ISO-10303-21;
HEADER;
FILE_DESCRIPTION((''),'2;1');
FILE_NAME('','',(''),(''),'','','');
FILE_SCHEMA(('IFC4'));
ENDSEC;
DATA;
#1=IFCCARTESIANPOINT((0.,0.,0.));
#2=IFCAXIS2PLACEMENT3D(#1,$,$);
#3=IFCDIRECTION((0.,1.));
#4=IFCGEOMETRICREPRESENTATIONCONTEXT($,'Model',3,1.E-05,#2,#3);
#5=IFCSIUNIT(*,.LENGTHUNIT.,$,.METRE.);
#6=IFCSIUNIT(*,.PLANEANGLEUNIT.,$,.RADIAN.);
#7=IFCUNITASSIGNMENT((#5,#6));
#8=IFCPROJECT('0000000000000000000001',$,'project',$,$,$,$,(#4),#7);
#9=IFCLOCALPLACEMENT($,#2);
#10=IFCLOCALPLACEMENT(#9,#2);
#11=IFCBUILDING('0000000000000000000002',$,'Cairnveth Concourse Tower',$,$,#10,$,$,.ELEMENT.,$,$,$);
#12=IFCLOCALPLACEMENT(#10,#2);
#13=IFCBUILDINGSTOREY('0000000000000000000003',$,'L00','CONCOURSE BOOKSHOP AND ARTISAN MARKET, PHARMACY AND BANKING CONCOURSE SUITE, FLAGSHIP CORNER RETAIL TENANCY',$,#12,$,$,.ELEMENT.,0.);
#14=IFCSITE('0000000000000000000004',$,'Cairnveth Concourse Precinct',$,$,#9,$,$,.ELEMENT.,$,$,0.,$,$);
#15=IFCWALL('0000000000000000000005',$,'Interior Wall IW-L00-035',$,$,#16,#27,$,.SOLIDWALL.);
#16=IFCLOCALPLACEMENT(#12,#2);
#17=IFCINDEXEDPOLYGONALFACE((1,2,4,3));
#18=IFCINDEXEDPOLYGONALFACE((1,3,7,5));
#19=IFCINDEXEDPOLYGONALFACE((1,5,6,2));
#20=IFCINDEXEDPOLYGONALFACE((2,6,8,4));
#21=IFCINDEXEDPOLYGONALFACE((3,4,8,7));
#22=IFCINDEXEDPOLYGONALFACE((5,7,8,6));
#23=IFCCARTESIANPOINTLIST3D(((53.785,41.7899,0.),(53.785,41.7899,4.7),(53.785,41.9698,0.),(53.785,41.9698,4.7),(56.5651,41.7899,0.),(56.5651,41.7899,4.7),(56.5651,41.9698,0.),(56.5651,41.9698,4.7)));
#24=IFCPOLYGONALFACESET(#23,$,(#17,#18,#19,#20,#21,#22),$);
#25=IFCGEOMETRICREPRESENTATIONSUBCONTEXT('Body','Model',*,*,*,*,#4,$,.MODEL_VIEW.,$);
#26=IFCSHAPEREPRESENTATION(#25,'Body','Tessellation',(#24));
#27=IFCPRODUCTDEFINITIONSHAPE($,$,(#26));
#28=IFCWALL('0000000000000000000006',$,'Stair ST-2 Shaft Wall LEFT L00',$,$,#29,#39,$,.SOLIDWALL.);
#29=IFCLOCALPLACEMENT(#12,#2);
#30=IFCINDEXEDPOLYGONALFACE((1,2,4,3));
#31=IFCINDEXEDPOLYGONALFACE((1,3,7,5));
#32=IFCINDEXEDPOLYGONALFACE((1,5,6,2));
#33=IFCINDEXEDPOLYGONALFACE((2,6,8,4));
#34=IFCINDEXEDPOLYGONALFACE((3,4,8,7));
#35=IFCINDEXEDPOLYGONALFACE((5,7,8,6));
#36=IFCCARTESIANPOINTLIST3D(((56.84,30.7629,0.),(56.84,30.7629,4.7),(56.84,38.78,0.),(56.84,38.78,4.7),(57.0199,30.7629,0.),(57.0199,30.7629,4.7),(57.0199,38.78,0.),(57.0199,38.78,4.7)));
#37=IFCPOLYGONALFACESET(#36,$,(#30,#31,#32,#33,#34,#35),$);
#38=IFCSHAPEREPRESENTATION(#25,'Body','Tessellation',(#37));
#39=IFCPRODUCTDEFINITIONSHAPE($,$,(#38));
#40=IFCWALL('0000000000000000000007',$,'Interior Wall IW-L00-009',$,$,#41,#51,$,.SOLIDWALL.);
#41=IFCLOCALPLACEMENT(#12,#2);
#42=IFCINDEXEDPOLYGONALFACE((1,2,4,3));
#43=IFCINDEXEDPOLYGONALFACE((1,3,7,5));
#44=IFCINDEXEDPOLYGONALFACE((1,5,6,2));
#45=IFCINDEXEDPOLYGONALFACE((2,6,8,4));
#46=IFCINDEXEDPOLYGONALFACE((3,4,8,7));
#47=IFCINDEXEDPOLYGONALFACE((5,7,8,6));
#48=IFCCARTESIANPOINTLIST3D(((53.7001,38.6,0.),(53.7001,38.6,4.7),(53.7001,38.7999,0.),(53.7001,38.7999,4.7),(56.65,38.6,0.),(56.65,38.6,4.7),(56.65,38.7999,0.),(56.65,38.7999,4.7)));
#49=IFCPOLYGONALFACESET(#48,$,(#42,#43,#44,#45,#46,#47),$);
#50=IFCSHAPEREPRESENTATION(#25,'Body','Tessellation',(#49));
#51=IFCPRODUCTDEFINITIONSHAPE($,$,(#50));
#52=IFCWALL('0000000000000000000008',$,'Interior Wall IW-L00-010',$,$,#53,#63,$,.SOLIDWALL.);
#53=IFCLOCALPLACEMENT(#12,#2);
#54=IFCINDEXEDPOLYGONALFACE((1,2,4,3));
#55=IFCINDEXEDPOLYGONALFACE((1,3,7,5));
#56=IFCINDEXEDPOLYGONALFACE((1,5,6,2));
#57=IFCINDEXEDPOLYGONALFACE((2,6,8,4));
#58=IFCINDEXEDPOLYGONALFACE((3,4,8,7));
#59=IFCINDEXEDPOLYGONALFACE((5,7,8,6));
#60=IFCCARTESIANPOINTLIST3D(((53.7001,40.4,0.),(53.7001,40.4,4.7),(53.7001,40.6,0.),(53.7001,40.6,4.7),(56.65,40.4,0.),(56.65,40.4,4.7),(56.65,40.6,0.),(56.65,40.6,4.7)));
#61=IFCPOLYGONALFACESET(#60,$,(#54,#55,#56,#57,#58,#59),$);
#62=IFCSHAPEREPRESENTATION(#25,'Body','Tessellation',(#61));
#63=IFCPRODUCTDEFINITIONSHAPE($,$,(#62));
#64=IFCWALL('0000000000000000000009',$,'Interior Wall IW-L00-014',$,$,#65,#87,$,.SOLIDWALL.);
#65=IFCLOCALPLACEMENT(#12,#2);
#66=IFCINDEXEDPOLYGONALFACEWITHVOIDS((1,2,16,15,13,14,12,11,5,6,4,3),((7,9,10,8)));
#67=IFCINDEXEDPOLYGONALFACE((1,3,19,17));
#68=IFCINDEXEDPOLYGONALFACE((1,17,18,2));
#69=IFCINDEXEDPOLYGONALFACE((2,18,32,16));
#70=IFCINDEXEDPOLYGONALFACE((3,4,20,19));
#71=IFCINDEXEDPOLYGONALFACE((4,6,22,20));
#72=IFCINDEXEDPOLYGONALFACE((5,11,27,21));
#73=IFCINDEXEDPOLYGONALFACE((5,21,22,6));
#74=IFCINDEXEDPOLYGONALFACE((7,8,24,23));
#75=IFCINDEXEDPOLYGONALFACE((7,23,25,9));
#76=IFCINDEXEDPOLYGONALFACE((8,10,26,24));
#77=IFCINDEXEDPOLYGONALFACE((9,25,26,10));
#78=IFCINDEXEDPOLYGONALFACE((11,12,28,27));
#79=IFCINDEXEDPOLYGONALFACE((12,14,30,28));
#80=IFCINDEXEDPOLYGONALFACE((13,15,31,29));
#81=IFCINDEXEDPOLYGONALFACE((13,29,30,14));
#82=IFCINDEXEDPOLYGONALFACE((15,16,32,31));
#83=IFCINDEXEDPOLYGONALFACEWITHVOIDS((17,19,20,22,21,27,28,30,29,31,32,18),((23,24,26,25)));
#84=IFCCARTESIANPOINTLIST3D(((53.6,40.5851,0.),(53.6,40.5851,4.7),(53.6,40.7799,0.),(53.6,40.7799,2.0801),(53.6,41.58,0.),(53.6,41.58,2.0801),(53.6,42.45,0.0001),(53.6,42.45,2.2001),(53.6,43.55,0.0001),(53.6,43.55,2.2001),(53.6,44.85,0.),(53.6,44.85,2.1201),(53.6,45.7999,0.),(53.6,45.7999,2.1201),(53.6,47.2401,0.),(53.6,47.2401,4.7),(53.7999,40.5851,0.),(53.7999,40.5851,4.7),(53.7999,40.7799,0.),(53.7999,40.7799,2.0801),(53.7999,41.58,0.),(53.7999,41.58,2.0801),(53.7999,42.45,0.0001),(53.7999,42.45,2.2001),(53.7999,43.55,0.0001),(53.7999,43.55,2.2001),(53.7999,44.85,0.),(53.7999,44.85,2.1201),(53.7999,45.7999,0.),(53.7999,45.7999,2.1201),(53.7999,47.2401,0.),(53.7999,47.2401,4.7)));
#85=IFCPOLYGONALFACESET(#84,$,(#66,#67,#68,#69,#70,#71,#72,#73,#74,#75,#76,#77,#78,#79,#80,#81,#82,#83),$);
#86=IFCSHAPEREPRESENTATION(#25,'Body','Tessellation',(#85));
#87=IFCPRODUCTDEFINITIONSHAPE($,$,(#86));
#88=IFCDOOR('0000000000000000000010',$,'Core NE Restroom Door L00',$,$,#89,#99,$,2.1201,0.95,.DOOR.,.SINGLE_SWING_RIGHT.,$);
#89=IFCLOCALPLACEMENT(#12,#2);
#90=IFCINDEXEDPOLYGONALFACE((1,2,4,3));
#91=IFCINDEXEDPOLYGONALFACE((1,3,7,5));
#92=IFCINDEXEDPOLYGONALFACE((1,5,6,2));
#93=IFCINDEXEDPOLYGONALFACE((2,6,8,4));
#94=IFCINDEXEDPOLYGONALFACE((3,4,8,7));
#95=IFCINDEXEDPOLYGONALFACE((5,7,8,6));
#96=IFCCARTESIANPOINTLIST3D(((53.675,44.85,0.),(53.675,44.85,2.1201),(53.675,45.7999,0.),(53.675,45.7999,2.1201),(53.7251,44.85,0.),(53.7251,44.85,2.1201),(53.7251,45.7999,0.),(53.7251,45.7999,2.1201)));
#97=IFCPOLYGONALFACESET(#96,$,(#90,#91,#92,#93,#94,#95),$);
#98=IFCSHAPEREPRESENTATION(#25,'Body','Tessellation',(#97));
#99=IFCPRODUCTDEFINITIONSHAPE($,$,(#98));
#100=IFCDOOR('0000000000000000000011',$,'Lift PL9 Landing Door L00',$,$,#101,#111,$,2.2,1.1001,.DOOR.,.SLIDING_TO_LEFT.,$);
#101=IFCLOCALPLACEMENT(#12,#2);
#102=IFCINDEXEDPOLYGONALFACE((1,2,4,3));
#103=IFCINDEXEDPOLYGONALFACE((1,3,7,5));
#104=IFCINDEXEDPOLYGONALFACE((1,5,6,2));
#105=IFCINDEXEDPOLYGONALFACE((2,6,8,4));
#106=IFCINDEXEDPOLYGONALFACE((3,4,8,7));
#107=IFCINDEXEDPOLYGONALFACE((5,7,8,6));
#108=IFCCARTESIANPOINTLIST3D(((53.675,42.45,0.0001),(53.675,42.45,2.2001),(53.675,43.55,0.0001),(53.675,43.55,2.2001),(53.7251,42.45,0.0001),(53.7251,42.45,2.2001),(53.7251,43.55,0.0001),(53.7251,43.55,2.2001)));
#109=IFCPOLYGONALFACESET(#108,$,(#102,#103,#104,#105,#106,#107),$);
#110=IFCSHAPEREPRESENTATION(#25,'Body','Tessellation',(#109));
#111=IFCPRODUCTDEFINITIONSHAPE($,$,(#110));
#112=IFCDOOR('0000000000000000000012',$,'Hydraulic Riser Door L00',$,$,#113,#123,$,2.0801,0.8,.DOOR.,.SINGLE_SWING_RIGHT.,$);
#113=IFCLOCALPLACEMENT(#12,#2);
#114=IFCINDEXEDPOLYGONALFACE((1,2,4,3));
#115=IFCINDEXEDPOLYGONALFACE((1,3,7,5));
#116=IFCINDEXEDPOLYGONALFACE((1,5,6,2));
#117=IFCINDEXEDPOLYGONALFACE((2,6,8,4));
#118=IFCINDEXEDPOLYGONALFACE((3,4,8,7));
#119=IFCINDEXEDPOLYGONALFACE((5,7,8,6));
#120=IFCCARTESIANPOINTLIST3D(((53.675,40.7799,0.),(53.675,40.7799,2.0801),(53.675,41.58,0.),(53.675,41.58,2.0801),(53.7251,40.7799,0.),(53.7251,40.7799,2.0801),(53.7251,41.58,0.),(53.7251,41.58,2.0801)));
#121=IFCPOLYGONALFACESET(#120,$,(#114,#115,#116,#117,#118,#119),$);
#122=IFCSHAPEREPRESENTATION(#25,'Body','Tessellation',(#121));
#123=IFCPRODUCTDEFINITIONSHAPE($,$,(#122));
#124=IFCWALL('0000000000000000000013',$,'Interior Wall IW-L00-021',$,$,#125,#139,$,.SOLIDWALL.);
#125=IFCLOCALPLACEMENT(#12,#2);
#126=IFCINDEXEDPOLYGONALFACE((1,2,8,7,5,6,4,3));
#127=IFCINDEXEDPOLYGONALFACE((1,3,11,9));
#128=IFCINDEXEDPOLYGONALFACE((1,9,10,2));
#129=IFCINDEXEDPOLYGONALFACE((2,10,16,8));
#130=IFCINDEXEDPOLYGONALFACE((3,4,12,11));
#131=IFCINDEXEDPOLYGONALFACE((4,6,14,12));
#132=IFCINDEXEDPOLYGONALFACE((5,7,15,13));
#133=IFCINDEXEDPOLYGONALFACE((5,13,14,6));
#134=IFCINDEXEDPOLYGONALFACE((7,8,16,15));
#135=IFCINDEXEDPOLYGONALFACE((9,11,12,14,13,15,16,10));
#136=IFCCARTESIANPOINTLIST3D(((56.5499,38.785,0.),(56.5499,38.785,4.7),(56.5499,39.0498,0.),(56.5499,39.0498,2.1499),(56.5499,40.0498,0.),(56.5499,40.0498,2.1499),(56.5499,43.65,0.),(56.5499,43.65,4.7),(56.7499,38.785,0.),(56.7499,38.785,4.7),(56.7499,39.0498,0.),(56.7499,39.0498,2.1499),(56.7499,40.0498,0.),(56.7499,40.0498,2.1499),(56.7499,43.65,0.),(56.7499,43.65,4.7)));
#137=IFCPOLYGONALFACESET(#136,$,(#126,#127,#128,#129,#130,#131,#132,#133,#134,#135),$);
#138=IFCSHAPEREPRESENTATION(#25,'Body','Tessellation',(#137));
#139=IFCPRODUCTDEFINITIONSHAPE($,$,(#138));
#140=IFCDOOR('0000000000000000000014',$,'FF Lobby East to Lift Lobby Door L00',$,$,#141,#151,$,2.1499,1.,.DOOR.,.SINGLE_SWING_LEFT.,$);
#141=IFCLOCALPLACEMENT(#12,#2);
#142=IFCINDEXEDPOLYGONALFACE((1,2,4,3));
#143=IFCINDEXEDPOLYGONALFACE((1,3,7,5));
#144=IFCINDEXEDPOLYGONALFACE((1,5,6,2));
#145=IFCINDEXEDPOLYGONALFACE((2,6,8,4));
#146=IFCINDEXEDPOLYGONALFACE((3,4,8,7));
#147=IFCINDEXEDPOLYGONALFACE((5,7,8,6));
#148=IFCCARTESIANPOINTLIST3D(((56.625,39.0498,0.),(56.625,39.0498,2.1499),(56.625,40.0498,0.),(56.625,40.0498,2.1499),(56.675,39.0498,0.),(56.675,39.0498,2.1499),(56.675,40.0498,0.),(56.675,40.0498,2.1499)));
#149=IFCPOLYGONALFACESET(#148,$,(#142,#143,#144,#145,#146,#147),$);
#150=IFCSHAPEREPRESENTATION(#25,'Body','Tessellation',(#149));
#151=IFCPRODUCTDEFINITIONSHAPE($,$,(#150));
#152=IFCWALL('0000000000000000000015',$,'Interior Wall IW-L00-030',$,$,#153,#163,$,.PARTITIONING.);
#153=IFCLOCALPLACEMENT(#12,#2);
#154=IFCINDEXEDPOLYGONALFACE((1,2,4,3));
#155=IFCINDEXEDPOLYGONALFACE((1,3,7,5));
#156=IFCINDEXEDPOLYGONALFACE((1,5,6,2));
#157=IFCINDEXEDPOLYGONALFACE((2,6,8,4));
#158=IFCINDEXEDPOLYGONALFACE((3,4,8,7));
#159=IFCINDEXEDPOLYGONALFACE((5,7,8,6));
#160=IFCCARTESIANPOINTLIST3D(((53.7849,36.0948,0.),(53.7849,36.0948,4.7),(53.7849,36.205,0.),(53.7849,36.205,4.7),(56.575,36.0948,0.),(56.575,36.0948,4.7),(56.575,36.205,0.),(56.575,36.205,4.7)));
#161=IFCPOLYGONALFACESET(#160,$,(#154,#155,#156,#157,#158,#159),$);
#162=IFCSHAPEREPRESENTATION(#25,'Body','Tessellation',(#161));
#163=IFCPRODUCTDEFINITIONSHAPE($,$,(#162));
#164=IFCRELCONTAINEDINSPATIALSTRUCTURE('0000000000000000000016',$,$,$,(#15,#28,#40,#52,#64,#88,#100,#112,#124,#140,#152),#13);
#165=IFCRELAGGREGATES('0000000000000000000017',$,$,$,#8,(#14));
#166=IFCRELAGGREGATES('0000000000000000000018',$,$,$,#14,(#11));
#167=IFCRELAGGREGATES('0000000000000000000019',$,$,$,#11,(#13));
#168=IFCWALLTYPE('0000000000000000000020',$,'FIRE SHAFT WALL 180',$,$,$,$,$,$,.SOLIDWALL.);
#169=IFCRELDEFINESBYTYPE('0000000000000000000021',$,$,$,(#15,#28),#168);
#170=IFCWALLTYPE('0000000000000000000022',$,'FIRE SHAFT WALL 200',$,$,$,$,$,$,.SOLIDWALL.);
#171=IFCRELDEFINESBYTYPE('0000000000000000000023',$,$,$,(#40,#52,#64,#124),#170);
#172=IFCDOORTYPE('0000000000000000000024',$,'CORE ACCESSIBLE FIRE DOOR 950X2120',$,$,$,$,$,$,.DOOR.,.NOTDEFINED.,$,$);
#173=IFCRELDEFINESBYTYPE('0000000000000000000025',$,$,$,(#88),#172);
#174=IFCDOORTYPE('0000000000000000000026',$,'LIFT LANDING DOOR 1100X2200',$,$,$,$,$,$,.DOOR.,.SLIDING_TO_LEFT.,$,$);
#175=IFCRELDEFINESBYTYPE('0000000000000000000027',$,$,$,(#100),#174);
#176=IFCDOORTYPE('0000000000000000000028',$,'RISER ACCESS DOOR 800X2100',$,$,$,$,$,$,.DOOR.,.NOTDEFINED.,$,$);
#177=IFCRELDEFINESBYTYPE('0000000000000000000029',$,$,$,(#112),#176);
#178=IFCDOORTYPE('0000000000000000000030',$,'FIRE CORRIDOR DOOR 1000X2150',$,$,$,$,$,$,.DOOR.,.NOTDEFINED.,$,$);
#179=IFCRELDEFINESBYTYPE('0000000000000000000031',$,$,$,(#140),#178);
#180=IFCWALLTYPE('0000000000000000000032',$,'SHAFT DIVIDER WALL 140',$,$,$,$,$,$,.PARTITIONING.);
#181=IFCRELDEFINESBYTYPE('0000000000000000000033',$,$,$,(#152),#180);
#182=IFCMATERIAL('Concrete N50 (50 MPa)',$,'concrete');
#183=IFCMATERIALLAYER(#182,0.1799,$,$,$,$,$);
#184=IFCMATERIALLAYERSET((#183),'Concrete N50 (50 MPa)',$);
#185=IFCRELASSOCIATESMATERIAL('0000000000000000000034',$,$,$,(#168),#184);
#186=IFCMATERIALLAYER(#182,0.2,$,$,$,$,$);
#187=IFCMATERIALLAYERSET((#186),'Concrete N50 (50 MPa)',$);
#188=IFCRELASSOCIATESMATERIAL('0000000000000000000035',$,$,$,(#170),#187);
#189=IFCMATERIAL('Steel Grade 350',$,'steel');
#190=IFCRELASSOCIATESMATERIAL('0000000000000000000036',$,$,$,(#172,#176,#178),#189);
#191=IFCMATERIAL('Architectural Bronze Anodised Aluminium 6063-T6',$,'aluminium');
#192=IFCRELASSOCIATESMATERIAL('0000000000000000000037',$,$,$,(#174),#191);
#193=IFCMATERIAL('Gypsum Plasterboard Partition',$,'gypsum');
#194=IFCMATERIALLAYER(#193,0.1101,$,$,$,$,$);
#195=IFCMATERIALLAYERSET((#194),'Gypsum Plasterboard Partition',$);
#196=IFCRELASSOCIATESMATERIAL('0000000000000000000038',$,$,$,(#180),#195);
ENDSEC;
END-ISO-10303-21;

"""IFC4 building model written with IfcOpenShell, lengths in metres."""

from ifc_helpers import new_model, si_unit, direction, frame, frame_2d, origin, place, context, subcontext, project, spatial, rectangle, extrude, material, layer, layer_set, type_object, element, fill, save


model = new_model("IFC4")

# Units and contexts
model_context = context("Model", 3, precision=1e-05, world=origin(), true_north=direction((0.0, 1.0)))
body_context = subcontext(model_context, "Body", "Model", "MODEL_VIEW")
ifc_project = project(units=[si_unit("LENGTHUNIT", "METRE"), si_unit("PLANEANGLEUNIT", "RADIAN")], contexts=[model_context])

# Site, building, storey
site_placement = place(None, origin())
site = spatial("IfcSite", under=ifc_project, at=site_placement, Name="Cairnveth Concourse Precinct", CompositionType="ELEMENT", RefElevation=0.0)
building_placement = place(site_placement, origin())
building = spatial("IfcBuilding", under=site, at=building_placement, Name="Cairnveth Concourse Tower", CompositionType="ELEMENT")
storey_placement = place(building_placement, origin())
storey = spatial("IfcBuildingStorey", under=building, at=storey_placement, Name="L00", Description="CONCOURSE BOOKSHOP AND ARTISAN MARKET, PHARMACY AND BANKING CONCOURSE SUITE, FLAGSHIP CORNER RETAIL TENANCY", CompositionType="ELEMENT", Elevation=0.0)

# Wall
ifc_material_1 = material(Name="Concrete N50 (50 MPa)", Category="concrete")
ifc_layer_1 = layer(ifc_material_1, 0.1799)
ifc_layer_set_1 = layer_set([ifc_layer_1], Name="Concrete N50 (50 MPa)")
wall_type_1 = type_object("IfcWallType", Name="FIRE SHAFT WALL 180", PredefinedType="SOLIDWALL", material=ifc_layer_set_1)
wall_1_placement = place(storey_placement, frame((53.7849, 41.8799, 0.0), z_axis=(0.0, 0.0, 1.0), x_axis=(1.0, 0.0, 0.0)))
element("IfcWall", 1, at=wall_1_placement, inside=storey, type_object=wall_type_1, Name="Interior Wall IW-L00-035", PredefinedType="SOLIDWALL", context=body_context, shape_type="SweptSolid", body=[
    extrude(rectangle(XDim=2.78, YDim=0.1799, at=frame_2d((1.3901, 0.0))), origin(), (0.0, 0.0, 1.0), 4.7),
])

# Shared definitions
ifc_material_2 = material(Name="Steel Grade 350", Category="steel")

# Walls
wall_2_placement = place(storey_placement, frame((56.9299, 38.78, 0.0), z_axis=(0.0, 0.0, 1.0), x_axis=(0.0, -1.0, 0.0)))
element("IfcWall", 2, at=wall_2_placement, inside=storey, type_object=wall_type_1, Name="Stair ST-2 Shaft Wall LEFT L00", PredefinedType="SOLIDWALL", context=body_context, shape_type="SweptSolid", body=[
    extrude(rectangle(XDim=8.0171, YDim=0.1799, at=frame_2d((4.0085, 0.0))), origin(), (0.0, 0.0, 1.0), 4.7),
])
ifc_layer_2 = layer(ifc_material_1, 0.2)
ifc_layer_set_2 = layer_set([ifc_layer_2], Name="Concrete N50 (50 MPa)")
wall_type_2 = type_object("IfcWallType", Name="FIRE SHAFT WALL 200", PredefinedType="SOLIDWALL", material=ifc_layer_set_2)
for number, where, z_axis, x_axis, name in (
    (3, (53.7, 38.7, 0.0), (0.0, 0.0, 1.0), (1.0, 0.0, 0.0), "Interior Wall IW-L00-009"),
    (4, (53.7, 40.5, 0.0), (0.0, 0.0, 1.0), (1.0, 0.0, 0.0), "Interior Wall IW-L00-010"),
):
    element("IfcWall", number, at=place(storey_placement, frame(where, z_axis=z_axis, x_axis=x_axis)), inside=storey, type_object=wall_type_2, Name=name, PredefinedType="SOLIDWALL", context=body_context, shape_type="SweptSolid", body=[
        extrude(rectangle(XDim=2.95, YDim=0.2, at=frame_2d((1.4751, 0.0))), origin(), (0.0, 0.0, 1.0), 4.7),
    ])

# Wall, openings, doors
wall_3_placement = place(storey_placement, frame((53.7, 40.585, 0.0), z_axis=(0.0, 0.0, 1.0), x_axis=(0.0, 1.0, 0.0)))
wall_3 = element("IfcWall", 5, at=wall_3_placement, inside=storey, type_object=wall_type_2, Name="Interior Wall IW-L00-014", PredefinedType="SOLIDWALL", context=body_context, shape_type="SweptSolid", body=[
    extrude(rectangle(XDim=6.655, YDim=0.2, at=frame_2d((3.3276, 0.0))), origin(), (0.0, 0.0, 1.0), 4.7),
])
opening_1_placement = place(wall_3_placement, frame((0.1951, 0.0, 0.0)))
opening_1 = element("IfcOpeningElement", 6, at=opening_1_placement, cuts=wall_3, PredefinedType="OPENING", context=body_context, shape_type="SweptSolid", body=[
    extrude(rectangle(XDim=0.8, YDim=2.0801, at=frame_2d((0.3999, 1.04))), frame((0.0, 0.1099, 0.0), z_axis=(0.0, -1.0, 0.0), x_axis=(1.0, 0.0, 0.0)), (0.0, 0.0, 1.0), 0.22),
])
opening_2_placement = place(wall_3_placement, frame((1.865, 0.0, 0.0)))
opening_2 = element("IfcOpeningElement", 7, at=opening_2_placement, cuts=wall_3, PredefinedType="OPENING", context=body_context, shape_type="SweptSolid", body=[
    extrude(rectangle(XDim=1.1001, YDim=2.2, at=frame_2d((0.55, 1.1001))), frame((0.0, 0.1099, 0.0), z_axis=(0.0, -1.0, 0.0), x_axis=(1.0, 0.0, 0.0)), (0.0, 0.0, 1.0), 0.22),
])
opening_3_placement = place(wall_3_placement, frame((4.2649, 0.0, 0.0)))
opening_3 = element("IfcOpeningElement", 8, at=opening_3_placement, cuts=wall_3, PredefinedType="OPENING", context=body_context, shape_type="SweptSolid", body=[
    extrude(rectangle(XDim=0.95, YDim=2.1201, at=frame_2d((0.4751, 1.0601))), frame((0.0, 0.1099, 0.0), z_axis=(0.0, -1.0, 0.0), x_axis=(1.0, 0.0, 0.0)), (0.0, 0.0, 1.0), 0.22),
])
door_type_1 = type_object("IfcDoorType", Name="CORE ACCESSIBLE FIRE DOOR 950X2120", OperationType="NOTDEFINED", PredefinedType="DOOR", material=ifc_material_2)
door_1_placement = place(opening_3_placement, origin())
door_1 = element("IfcDoor", 9, at=door_1_placement, inside=storey, type_object=door_type_1, Name="Core NE Restroom Door L00", OperationType="SINGLE_SWING_RIGHT", OverallHeight=2.1201, OverallWidth=0.95, PredefinedType="DOOR", context=body_context, shape_type="SweptSolid", body=[
    extrude(rectangle(XDim=0.95, YDim=2.1201, at=frame_2d((0.4751, 1.0601))), frame((0.0, 0.0249, 0.0), z_axis=(0.0, -1.0, 0.0), x_axis=(1.0, 0.0, 0.0)), (0.0, 0.0, 1.0), 0.05),
])
fill(opening_3, door_1)
ifc_material_3 = material(Name="Architectural Bronze Anodised Aluminium 6063-T6", Category="aluminium")
door_type_2 = type_object("IfcDoorType", Name="LIFT LANDING DOOR 1100X2200", OperationType="SLIDING_TO_LEFT", PredefinedType="DOOR", material=ifc_material_3)
door_2_placement = place(opening_2_placement, origin())
door_2 = element("IfcDoor", 10, at=door_2_placement, inside=storey, type_object=door_type_2, Name="Lift PL9 Landing Door L00", OperationType="SLIDING_TO_LEFT", OverallHeight=2.2, OverallWidth=1.1001, PredefinedType="DOOR", context=body_context, shape_type="SweptSolid", body=[
    extrude(rectangle(XDim=1.1001, YDim=2.2, at=frame_2d((0.55, 1.1001))), frame((0.0, 0.0249, 0.0), z_axis=(0.0, -1.0, 0.0), x_axis=(1.0, 0.0, 0.0)), (0.0, 0.0, 1.0), 0.05),
])
fill(opening_2, door_2)
door_type_3 = type_object("IfcDoorType", Name="RISER ACCESS DOOR 800X2100", OperationType="NOTDEFINED", PredefinedType="DOOR", material=ifc_material_2)
door_3_placement = place(opening_1_placement, origin())
door_3 = element("IfcDoor", 11, at=door_3_placement, inside=storey, type_object=door_type_3, Name="Hydraulic Riser Door L00", OperationType="SINGLE_SWING_RIGHT", OverallHeight=2.0801, OverallWidth=0.8, PredefinedType="DOOR", context=body_context, shape_type="SweptSolid", body=[
    extrude(rectangle(XDim=0.8, YDim=2.0801, at=frame_2d((0.3999, 1.04))), frame((0.0, 0.0249, 0.0), z_axis=(0.0, -1.0, 0.0), x_axis=(1.0, 0.0, 0.0)), (0.0, 0.0, 1.0), 0.05),
])
fill(opening_1, door_3)

# Wall, opening, door
wall_4_placement = place(storey_placement, frame((56.6499, 38.7849, 0.0), z_axis=(0.0, 0.0, 1.0), x_axis=(0.0, 1.0, 0.0)))
wall_4 = element("IfcWall", 12, at=wall_4_placement, inside=storey, type_object=wall_type_2, Name="Interior Wall IW-L00-021", PredefinedType="SOLIDWALL", context=body_context, shape_type="SweptSolid", body=[
    extrude(rectangle(XDim=4.865, YDim=0.2, at=frame_2d((2.4326, 0.0))), origin(), (0.0, 0.0, 1.0), 4.7),
])
opening_4_placement = place(wall_4_placement, frame((0.2649, 0.0, 0.0)))
opening_4 = element("IfcOpeningElement", 13, at=opening_4_placement, cuts=wall_4, PredefinedType="OPENING", context=body_context, shape_type="SweptSolid", body=[
    extrude(rectangle(XDim=1.0, YDim=2.1499, at=frame_2d((0.5, 1.075))), frame((0.0, 0.1099, 0.0), z_axis=(0.0, -1.0, 0.0), x_axis=(1.0, 0.0, 0.0)), (0.0, 0.0, 1.0), 0.22),
])
door_type_4 = type_object("IfcDoorType", Name="FIRE CORRIDOR DOOR 1000X2150", OperationType="NOTDEFINED", PredefinedType="DOOR", material=ifc_material_2)
door_4_placement = place(opening_4_placement, origin())
door_4 = element("IfcDoor", 14, at=door_4_placement, inside=storey, type_object=door_type_4, Name="FF Lobby East to Lift Lobby Door L00", OperationType="SINGLE_SWING_LEFT", OverallHeight=2.1499, OverallWidth=1.0, PredefinedType="DOOR", context=body_context, shape_type="SweptSolid", body=[
    extrude(rectangle(XDim=1.0, YDim=2.1499, at=frame_2d((0.5, 1.075))), frame((0.0, 0.0249, 0.0), z_axis=(0.0, -1.0, 0.0), x_axis=(1.0, 0.0, 0.0)), (0.0, 0.0, 1.0), 0.05),
])
fill(opening_4, door_4)

# Wall
ifc_material_4 = material(Name="Gypsum Plasterboard Partition", Category="gypsum")
ifc_layer_3 = layer(ifc_material_4, 0.1101)
ifc_layer_set_3 = layer_set([ifc_layer_3], Name="Gypsum Plasterboard Partition")
wall_type_3 = type_object("IfcWallType", Name="SHAFT DIVIDER WALL 140", PredefinedType="PARTITIONING", material=ifc_layer_set_3)
wall_5_placement = place(storey_placement, frame((53.7849, 36.1499, 0.0), z_axis=(0.0, 0.0, 1.0), x_axis=(1.0, 0.0, 0.0)))
element("IfcWall", 15, at=wall_5_placement, inside=storey, type_object=wall_type_3, Name="Interior Wall IW-L00-030", PredefinedType="PARTITIONING", context=body_context, shape_type="SweptSolid", body=[
    extrude(rectangle(XDim=2.79, YDim=0.1101, at=frame_2d((1.395, 0.0))), origin(), (0.0, 0.0, 1.0), 4.7),
])

save(model, "model.ifc")
